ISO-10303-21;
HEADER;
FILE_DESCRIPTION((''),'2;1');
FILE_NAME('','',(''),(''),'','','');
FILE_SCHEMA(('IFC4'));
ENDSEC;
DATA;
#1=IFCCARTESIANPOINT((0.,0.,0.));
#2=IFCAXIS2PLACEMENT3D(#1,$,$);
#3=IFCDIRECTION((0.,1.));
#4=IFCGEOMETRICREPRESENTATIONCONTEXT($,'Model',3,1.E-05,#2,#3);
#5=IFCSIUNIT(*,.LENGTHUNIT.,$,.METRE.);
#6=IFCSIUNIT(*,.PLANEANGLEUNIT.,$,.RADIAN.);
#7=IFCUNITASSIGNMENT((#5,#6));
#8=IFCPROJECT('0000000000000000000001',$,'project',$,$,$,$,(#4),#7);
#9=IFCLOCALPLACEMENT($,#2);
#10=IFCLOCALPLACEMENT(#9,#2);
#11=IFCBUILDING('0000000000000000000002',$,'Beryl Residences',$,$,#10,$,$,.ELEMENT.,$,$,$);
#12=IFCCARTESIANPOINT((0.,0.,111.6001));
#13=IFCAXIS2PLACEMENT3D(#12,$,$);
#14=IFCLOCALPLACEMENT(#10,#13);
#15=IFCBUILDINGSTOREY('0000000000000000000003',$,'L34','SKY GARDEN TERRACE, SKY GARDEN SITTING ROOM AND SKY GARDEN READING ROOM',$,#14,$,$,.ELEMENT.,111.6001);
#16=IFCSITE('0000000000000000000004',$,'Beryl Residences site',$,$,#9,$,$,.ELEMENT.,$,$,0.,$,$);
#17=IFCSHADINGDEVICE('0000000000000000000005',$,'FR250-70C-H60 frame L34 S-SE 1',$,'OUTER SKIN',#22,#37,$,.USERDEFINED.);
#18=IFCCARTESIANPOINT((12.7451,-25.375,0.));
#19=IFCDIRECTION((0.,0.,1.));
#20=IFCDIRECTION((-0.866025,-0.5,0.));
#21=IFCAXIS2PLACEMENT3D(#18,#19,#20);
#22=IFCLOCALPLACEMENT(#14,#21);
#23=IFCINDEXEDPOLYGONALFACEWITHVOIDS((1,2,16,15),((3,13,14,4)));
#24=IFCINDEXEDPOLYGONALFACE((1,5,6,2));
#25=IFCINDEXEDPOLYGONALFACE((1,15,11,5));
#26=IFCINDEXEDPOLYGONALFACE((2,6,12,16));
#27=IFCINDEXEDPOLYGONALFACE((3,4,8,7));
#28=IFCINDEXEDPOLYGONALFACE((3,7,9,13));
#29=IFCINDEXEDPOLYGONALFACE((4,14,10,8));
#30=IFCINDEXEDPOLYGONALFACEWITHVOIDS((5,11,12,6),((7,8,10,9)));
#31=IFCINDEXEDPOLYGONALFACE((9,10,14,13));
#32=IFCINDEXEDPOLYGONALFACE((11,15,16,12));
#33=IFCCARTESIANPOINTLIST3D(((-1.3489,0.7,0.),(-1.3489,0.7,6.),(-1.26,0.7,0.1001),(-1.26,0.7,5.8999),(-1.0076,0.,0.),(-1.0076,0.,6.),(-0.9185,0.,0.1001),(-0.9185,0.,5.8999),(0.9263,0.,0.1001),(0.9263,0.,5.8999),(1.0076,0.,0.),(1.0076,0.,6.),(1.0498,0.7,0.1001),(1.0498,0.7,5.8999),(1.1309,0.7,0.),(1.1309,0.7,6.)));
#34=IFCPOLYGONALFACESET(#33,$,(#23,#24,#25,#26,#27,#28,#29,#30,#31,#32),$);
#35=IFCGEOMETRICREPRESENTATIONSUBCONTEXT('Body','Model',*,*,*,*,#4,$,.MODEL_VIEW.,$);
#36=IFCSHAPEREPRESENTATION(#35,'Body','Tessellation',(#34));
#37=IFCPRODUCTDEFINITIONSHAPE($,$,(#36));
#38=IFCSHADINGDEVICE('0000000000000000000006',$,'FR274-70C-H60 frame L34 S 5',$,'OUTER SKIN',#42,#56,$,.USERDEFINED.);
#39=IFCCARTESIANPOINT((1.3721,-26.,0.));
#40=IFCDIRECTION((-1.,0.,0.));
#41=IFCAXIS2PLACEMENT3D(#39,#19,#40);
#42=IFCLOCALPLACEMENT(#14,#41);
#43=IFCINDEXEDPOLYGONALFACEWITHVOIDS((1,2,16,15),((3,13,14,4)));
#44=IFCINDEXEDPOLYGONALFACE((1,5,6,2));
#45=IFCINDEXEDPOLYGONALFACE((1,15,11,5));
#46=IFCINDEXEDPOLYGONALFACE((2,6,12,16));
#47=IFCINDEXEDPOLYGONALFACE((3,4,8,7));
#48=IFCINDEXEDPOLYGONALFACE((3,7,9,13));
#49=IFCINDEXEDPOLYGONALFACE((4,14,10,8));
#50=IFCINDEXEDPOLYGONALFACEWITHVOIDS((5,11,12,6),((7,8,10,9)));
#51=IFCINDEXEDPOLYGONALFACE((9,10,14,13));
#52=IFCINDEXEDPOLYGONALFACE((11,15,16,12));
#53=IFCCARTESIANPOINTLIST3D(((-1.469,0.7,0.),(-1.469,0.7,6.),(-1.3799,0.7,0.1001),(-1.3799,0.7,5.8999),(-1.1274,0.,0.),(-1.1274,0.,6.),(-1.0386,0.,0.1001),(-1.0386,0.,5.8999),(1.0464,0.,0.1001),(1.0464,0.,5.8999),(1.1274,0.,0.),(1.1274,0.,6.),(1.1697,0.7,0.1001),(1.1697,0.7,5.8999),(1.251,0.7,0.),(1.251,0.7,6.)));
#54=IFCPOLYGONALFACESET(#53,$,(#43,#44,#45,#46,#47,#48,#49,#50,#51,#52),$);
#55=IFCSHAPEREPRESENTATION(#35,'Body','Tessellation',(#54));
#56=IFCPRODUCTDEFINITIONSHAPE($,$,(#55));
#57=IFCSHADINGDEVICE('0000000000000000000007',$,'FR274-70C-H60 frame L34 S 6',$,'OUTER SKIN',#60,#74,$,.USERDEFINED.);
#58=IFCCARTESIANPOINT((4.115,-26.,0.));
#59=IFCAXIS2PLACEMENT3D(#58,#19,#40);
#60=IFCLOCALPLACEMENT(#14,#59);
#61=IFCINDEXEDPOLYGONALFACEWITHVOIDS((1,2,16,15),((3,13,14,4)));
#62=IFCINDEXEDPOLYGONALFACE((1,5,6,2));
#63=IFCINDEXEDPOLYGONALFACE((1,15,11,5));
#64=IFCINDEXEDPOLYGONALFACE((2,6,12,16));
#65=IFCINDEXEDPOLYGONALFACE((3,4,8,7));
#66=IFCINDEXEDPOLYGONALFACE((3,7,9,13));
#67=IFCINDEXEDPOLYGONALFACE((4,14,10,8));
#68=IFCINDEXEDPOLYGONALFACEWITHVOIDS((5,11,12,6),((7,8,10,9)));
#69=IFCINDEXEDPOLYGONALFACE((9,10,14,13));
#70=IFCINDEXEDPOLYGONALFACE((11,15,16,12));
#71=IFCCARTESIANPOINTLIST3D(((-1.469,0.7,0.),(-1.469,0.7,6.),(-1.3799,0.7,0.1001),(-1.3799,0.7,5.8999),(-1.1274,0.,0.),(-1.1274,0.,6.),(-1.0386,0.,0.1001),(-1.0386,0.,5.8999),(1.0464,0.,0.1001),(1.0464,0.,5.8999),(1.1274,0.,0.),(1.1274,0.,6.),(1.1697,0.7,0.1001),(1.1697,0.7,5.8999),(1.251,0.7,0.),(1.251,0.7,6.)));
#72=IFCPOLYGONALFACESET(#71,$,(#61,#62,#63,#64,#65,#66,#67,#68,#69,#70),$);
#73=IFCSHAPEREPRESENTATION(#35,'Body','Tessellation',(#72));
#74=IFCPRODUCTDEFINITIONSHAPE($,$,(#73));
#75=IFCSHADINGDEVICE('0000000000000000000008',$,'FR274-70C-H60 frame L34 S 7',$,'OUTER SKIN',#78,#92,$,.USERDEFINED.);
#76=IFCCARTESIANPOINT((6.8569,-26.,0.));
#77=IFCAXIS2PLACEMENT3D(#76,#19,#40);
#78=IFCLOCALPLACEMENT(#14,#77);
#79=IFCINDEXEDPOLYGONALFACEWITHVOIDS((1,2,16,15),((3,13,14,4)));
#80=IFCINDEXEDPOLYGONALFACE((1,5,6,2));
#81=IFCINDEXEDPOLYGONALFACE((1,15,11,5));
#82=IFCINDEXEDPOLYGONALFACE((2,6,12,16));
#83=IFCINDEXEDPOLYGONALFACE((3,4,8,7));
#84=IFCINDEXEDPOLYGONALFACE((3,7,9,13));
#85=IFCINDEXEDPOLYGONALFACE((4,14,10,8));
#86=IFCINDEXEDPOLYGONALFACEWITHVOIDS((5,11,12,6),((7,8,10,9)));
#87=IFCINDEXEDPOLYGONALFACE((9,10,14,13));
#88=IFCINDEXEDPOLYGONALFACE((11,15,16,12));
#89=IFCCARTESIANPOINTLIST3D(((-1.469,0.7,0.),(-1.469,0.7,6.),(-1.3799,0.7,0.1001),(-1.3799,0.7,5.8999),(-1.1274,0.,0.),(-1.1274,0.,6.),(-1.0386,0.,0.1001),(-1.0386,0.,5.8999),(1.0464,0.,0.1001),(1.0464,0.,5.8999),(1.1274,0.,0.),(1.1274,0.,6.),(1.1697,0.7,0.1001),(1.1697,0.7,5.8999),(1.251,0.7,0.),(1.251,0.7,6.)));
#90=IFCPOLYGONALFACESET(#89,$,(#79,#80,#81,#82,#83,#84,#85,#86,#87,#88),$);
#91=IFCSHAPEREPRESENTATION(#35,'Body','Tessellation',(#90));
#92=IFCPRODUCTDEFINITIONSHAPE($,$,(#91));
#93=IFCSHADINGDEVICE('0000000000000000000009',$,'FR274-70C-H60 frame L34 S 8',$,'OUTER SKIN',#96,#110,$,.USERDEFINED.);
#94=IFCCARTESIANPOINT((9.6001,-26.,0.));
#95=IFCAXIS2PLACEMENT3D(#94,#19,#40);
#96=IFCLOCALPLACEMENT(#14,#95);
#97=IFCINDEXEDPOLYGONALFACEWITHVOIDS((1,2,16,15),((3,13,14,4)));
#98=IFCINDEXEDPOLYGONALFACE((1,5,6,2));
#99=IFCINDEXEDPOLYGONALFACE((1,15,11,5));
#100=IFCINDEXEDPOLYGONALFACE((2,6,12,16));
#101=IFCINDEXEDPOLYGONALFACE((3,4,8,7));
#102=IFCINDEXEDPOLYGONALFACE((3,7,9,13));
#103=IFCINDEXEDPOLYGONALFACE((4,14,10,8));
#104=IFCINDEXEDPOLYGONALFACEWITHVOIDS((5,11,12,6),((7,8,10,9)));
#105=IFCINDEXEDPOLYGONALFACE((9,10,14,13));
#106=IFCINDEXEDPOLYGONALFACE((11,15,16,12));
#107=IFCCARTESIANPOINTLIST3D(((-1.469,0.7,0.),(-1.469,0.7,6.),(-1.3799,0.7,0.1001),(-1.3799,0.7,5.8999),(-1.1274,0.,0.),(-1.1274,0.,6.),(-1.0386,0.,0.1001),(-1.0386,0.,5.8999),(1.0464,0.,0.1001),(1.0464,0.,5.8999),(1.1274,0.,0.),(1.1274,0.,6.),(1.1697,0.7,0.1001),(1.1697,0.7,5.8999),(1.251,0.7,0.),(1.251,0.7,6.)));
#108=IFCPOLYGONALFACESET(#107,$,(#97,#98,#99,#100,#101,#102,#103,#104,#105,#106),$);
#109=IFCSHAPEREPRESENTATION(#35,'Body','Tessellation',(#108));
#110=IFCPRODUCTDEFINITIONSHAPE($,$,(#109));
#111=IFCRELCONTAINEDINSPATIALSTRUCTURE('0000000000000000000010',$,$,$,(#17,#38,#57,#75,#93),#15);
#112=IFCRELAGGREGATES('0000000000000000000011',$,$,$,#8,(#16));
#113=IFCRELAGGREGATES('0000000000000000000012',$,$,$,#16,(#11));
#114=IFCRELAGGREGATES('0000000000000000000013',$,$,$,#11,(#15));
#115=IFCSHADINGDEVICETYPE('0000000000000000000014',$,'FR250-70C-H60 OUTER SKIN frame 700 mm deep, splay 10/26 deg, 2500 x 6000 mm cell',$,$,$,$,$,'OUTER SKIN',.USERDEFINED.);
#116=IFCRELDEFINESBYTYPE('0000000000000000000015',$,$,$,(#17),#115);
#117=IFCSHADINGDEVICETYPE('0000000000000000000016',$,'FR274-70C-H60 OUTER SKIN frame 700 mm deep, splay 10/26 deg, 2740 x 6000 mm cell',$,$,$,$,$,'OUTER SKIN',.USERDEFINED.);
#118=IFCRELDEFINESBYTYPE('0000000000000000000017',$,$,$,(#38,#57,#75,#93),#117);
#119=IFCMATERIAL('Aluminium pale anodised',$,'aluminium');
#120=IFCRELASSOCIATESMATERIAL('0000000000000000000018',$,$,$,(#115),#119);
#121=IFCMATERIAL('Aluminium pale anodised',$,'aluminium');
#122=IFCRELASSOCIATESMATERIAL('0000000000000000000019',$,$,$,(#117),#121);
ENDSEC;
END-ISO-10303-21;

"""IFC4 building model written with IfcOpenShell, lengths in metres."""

from ifc_helpers import new_model, entity, si_unit, direction, frame, origin, place, context, subcontext, project, spatial, source, transform, mapped, material, type_object, type_shapes, element, save


model = new_model("IFC4")

# Units and contexts
model_context = context("Model", 3, precision=1e-05, world=origin(), true_north=direction((0.0, 1.0)))
body_context = subcontext(model_context, "Body", "Model", "MODEL_VIEW")
ifc_project = project(units=[si_unit("LENGTHUNIT", "METRE"), si_unit("PLANEANGLEUNIT", "RADIAN")], contexts=[model_context])

# Site, building, storey
site_placement = place(None, origin())
site = spatial("IfcSite", under=ifc_project, at=site_placement, Name="Beryl Residences site", CompositionType="ELEMENT", RefElevation=0.0)
building_placement = place(site_placement, origin())
building = spatial("IfcBuilding", under=site, at=building_placement, Name="Beryl Residences", CompositionType="ELEMENT")
storey_placement = place(building_placement, frame((0.0, 0.0, 111.6001)))
storey = spatial("IfcBuildingStorey", under=building, at=storey_placement, Name="L34", Description="SKY GARDEN TERRACE, SKY GARDEN SITTING ROOM AND SKY GARDEN READING ROOM", CompositionType="ELEMENT", Elevation=111.6001)

# Shading devices
ifc_material_1 = material(Name="Aluminium pale anodised", Category="aluminium")
shading_device_type_1 = type_object("IfcShadingDeviceType", Name="FR250-70C-H60 OUTER SKIN frame 700 mm deep, splay 10/26 deg, 2500 x 6000 mm cell", ElementType="OUTER SKIN", PredefinedType="USERDEFINED", material=ifc_material_1)
cartesian_point_1 = entity("IfcCartesianPoint", [-1.0076, 0.0])
cartesian_point_2 = entity("IfcCartesianPoint", [-0.9263, 0.1001])
cartesian_point_3 = entity("IfcCartesianPoint", [-1.1309, 0.0])
cartesian_point_4 = entity("IfcCartesianPoint", [-1.0498, 0.1001])
shared_shape_1 = source(origin(), body_context, "Body", "SweptSolid", [
    entity("IfcExtrudedAreaSolidTapered", entity("IfcArbitraryProfileDefWithVoids", "AREA", None, entity("IfcPolyline", [cartesian_point_1, entity("IfcCartesianPoint", [1.0076, 0.0]), entity("IfcCartesianPoint", [1.0076, 6.0]), entity("IfcCartesianPoint", [-1.0076, 6.0]), cartesian_point_1]), [entity("IfcPolyline", [cartesian_point_2, entity("IfcCartesianPoint", [0.9185, 0.1001]), entity("IfcCartesianPoint", [0.9185, 5.8999]), entity("IfcCartesianPoint", [-0.9263, 5.8999]), cartesian_point_2])]), entity("IfcAxis2Placement3D", entity("IfcCartesianPoint", [0.0, 0.0, 0.0]), entity("IfcDirection", [0.0, 1.0, 0.0]), entity("IfcDirection", [-1.0, 0.0, 0.0])), entity("IfcDirection", [0.0, 0.0, 1.0]), 0.7, entity("IfcArbitraryProfileDefWithVoids", "AREA", None, entity("IfcPolyline", [cartesian_point_3, entity("IfcCartesianPoint", [1.3489, 0.0]), entity("IfcCartesianPoint", [1.3489, 6.0]), entity("IfcCartesianPoint", [-1.1309, 6.0]), cartesian_point_3]), [entity("IfcPolyline", [cartesian_point_4, entity("IfcCartesianPoint", [1.26, 0.1001]), entity("IfcCartesianPoint", [1.26, 5.8999]), entity("IfcCartesianPoint", [-1.0498, 5.8999]), cartesian_point_4])])),
])
type_shapes(shading_device_type_1, [shared_shape_1])
shading_device_placement = place(storey_placement, frame((12.7451, -25.375, 0.0), z_axis=(0.0, 0.0, 1.0), x_axis=(-0.866025, -0.5, 0.0)))
element("IfcShadingDevice", 1, at=shading_device_placement, inside=storey, type_object=shading_device_type_1, Name="FR250-70C-H60 frame L34 S-SE 1", ObjectType="OUTER SKIN", PredefinedType="USERDEFINED", context=body_context, shape_type="MappedRepresentation", body=[
    mapped(shared_shape_1, transform((0.0, 0.0, 0.0))),
])
ifc_material_2 = material(Name="Aluminium pale anodised", Category="aluminium")
shading_device_type_2 = type_object("IfcShadingDeviceType", Name="FR274-70C-H60 OUTER SKIN frame 700 mm deep, splay 10/26 deg, 2740 x 6000 mm cell", ElementType="OUTER SKIN", PredefinedType="USERDEFINED", material=ifc_material_2)
cartesian_point_5 = entity("IfcCartesianPoint", [-1.1274, 0.0])
cartesian_point_6 = entity("IfcCartesianPoint", [-1.0464, 0.1001])
cartesian_point_7 = entity("IfcCartesianPoint", [-1.251, 0.0])
cartesian_point_8 = entity("IfcCartesianPoint", [-1.1697, 0.1001])
shared_shape_2 = source(origin(), body_context, "Body", "SweptSolid", [
    entity("IfcExtrudedAreaSolidTapered", entity("IfcArbitraryProfileDefWithVoids", "AREA", None, entity("IfcPolyline", [cartesian_point_5, entity("IfcCartesianPoint", [1.1274, 0.0]), entity("IfcCartesianPoint", [1.1274, 6.0]), entity("IfcCartesianPoint", [-1.1274, 6.0]), cartesian_point_5]), [entity("IfcPolyline", [cartesian_point_6, entity("IfcCartesianPoint", [1.0386, 0.1001]), entity("IfcCartesianPoint", [1.0386, 5.8999]), entity("IfcCartesianPoint", [-1.0464, 5.8999]), cartesian_point_6])]), entity("IfcAxis2Placement3D", entity("IfcCartesianPoint", [0.0, 0.0, 0.0]), entity("IfcDirection", [0.0, 1.0, 0.0]), entity("IfcDirection", [-1.0, 0.0, 0.0])), entity("IfcDirection", [0.0, 0.0, 1.0]), 0.7, entity("IfcArbitraryProfileDefWithVoids", "AREA", None, entity("IfcPolyline", [cartesian_point_7, entity("IfcCartesianPoint", [1.469, 0.0]), entity("IfcCartesianPoint", [1.469, 6.0]), entity("IfcCartesianPoint", [-1.251, 6.0]), cartesian_point_7]), [entity("IfcPolyline", [cartesian_point_8, entity("IfcCartesianPoint", [1.3799, 0.1001]), entity("IfcCartesianPoint", [1.3799, 5.8999]), entity("IfcCartesianPoint", [-1.1697, 5.8999]), cartesian_point_8])])),
])
type_shapes(shading_device_type_2, [shared_shape_2])
for number, where, z_axis, x_axis, name in (
    (2, (1.3721, -26.0, 0.0), (0.0, 0.0, 1.0), (-1.0, 0.0, 0.0), "FR274-70C-H60 frame L34 S 5"),
    (3, (4.115, -26.0, 0.0), (0.0, 0.0, 1.0), (-1.0, 0.0, 0.0), "FR274-70C-H60 frame L34 S 6"),
    (4, (6.8569, -26.0, 0.0), (0.0, 0.0, 1.0), (-1.0, 0.0, 0.0), "FR274-70C-H60 frame L34 S 7"),
    (5, (9.6001, -26.0, 0.0), (0.0, 0.0, 1.0), (-1.0, 0.0, 0.0), "FR274-70C-H60 frame L34 S 8"),
):
    element("IfcShadingDevice", number, at=place(storey_placement, frame(where, z_axis=z_axis, x_axis=x_axis)), inside=storey, type_object=shading_device_type_2, Name=name, ObjectType="OUTER SKIN", PredefinedType="USERDEFINED", context=body_context, shape_type="MappedRepresentation", body=[
        mapped(shared_shape_2, transform((0.0, 0.0, 0.0))),
    ])

save(model, "model.ifc")
